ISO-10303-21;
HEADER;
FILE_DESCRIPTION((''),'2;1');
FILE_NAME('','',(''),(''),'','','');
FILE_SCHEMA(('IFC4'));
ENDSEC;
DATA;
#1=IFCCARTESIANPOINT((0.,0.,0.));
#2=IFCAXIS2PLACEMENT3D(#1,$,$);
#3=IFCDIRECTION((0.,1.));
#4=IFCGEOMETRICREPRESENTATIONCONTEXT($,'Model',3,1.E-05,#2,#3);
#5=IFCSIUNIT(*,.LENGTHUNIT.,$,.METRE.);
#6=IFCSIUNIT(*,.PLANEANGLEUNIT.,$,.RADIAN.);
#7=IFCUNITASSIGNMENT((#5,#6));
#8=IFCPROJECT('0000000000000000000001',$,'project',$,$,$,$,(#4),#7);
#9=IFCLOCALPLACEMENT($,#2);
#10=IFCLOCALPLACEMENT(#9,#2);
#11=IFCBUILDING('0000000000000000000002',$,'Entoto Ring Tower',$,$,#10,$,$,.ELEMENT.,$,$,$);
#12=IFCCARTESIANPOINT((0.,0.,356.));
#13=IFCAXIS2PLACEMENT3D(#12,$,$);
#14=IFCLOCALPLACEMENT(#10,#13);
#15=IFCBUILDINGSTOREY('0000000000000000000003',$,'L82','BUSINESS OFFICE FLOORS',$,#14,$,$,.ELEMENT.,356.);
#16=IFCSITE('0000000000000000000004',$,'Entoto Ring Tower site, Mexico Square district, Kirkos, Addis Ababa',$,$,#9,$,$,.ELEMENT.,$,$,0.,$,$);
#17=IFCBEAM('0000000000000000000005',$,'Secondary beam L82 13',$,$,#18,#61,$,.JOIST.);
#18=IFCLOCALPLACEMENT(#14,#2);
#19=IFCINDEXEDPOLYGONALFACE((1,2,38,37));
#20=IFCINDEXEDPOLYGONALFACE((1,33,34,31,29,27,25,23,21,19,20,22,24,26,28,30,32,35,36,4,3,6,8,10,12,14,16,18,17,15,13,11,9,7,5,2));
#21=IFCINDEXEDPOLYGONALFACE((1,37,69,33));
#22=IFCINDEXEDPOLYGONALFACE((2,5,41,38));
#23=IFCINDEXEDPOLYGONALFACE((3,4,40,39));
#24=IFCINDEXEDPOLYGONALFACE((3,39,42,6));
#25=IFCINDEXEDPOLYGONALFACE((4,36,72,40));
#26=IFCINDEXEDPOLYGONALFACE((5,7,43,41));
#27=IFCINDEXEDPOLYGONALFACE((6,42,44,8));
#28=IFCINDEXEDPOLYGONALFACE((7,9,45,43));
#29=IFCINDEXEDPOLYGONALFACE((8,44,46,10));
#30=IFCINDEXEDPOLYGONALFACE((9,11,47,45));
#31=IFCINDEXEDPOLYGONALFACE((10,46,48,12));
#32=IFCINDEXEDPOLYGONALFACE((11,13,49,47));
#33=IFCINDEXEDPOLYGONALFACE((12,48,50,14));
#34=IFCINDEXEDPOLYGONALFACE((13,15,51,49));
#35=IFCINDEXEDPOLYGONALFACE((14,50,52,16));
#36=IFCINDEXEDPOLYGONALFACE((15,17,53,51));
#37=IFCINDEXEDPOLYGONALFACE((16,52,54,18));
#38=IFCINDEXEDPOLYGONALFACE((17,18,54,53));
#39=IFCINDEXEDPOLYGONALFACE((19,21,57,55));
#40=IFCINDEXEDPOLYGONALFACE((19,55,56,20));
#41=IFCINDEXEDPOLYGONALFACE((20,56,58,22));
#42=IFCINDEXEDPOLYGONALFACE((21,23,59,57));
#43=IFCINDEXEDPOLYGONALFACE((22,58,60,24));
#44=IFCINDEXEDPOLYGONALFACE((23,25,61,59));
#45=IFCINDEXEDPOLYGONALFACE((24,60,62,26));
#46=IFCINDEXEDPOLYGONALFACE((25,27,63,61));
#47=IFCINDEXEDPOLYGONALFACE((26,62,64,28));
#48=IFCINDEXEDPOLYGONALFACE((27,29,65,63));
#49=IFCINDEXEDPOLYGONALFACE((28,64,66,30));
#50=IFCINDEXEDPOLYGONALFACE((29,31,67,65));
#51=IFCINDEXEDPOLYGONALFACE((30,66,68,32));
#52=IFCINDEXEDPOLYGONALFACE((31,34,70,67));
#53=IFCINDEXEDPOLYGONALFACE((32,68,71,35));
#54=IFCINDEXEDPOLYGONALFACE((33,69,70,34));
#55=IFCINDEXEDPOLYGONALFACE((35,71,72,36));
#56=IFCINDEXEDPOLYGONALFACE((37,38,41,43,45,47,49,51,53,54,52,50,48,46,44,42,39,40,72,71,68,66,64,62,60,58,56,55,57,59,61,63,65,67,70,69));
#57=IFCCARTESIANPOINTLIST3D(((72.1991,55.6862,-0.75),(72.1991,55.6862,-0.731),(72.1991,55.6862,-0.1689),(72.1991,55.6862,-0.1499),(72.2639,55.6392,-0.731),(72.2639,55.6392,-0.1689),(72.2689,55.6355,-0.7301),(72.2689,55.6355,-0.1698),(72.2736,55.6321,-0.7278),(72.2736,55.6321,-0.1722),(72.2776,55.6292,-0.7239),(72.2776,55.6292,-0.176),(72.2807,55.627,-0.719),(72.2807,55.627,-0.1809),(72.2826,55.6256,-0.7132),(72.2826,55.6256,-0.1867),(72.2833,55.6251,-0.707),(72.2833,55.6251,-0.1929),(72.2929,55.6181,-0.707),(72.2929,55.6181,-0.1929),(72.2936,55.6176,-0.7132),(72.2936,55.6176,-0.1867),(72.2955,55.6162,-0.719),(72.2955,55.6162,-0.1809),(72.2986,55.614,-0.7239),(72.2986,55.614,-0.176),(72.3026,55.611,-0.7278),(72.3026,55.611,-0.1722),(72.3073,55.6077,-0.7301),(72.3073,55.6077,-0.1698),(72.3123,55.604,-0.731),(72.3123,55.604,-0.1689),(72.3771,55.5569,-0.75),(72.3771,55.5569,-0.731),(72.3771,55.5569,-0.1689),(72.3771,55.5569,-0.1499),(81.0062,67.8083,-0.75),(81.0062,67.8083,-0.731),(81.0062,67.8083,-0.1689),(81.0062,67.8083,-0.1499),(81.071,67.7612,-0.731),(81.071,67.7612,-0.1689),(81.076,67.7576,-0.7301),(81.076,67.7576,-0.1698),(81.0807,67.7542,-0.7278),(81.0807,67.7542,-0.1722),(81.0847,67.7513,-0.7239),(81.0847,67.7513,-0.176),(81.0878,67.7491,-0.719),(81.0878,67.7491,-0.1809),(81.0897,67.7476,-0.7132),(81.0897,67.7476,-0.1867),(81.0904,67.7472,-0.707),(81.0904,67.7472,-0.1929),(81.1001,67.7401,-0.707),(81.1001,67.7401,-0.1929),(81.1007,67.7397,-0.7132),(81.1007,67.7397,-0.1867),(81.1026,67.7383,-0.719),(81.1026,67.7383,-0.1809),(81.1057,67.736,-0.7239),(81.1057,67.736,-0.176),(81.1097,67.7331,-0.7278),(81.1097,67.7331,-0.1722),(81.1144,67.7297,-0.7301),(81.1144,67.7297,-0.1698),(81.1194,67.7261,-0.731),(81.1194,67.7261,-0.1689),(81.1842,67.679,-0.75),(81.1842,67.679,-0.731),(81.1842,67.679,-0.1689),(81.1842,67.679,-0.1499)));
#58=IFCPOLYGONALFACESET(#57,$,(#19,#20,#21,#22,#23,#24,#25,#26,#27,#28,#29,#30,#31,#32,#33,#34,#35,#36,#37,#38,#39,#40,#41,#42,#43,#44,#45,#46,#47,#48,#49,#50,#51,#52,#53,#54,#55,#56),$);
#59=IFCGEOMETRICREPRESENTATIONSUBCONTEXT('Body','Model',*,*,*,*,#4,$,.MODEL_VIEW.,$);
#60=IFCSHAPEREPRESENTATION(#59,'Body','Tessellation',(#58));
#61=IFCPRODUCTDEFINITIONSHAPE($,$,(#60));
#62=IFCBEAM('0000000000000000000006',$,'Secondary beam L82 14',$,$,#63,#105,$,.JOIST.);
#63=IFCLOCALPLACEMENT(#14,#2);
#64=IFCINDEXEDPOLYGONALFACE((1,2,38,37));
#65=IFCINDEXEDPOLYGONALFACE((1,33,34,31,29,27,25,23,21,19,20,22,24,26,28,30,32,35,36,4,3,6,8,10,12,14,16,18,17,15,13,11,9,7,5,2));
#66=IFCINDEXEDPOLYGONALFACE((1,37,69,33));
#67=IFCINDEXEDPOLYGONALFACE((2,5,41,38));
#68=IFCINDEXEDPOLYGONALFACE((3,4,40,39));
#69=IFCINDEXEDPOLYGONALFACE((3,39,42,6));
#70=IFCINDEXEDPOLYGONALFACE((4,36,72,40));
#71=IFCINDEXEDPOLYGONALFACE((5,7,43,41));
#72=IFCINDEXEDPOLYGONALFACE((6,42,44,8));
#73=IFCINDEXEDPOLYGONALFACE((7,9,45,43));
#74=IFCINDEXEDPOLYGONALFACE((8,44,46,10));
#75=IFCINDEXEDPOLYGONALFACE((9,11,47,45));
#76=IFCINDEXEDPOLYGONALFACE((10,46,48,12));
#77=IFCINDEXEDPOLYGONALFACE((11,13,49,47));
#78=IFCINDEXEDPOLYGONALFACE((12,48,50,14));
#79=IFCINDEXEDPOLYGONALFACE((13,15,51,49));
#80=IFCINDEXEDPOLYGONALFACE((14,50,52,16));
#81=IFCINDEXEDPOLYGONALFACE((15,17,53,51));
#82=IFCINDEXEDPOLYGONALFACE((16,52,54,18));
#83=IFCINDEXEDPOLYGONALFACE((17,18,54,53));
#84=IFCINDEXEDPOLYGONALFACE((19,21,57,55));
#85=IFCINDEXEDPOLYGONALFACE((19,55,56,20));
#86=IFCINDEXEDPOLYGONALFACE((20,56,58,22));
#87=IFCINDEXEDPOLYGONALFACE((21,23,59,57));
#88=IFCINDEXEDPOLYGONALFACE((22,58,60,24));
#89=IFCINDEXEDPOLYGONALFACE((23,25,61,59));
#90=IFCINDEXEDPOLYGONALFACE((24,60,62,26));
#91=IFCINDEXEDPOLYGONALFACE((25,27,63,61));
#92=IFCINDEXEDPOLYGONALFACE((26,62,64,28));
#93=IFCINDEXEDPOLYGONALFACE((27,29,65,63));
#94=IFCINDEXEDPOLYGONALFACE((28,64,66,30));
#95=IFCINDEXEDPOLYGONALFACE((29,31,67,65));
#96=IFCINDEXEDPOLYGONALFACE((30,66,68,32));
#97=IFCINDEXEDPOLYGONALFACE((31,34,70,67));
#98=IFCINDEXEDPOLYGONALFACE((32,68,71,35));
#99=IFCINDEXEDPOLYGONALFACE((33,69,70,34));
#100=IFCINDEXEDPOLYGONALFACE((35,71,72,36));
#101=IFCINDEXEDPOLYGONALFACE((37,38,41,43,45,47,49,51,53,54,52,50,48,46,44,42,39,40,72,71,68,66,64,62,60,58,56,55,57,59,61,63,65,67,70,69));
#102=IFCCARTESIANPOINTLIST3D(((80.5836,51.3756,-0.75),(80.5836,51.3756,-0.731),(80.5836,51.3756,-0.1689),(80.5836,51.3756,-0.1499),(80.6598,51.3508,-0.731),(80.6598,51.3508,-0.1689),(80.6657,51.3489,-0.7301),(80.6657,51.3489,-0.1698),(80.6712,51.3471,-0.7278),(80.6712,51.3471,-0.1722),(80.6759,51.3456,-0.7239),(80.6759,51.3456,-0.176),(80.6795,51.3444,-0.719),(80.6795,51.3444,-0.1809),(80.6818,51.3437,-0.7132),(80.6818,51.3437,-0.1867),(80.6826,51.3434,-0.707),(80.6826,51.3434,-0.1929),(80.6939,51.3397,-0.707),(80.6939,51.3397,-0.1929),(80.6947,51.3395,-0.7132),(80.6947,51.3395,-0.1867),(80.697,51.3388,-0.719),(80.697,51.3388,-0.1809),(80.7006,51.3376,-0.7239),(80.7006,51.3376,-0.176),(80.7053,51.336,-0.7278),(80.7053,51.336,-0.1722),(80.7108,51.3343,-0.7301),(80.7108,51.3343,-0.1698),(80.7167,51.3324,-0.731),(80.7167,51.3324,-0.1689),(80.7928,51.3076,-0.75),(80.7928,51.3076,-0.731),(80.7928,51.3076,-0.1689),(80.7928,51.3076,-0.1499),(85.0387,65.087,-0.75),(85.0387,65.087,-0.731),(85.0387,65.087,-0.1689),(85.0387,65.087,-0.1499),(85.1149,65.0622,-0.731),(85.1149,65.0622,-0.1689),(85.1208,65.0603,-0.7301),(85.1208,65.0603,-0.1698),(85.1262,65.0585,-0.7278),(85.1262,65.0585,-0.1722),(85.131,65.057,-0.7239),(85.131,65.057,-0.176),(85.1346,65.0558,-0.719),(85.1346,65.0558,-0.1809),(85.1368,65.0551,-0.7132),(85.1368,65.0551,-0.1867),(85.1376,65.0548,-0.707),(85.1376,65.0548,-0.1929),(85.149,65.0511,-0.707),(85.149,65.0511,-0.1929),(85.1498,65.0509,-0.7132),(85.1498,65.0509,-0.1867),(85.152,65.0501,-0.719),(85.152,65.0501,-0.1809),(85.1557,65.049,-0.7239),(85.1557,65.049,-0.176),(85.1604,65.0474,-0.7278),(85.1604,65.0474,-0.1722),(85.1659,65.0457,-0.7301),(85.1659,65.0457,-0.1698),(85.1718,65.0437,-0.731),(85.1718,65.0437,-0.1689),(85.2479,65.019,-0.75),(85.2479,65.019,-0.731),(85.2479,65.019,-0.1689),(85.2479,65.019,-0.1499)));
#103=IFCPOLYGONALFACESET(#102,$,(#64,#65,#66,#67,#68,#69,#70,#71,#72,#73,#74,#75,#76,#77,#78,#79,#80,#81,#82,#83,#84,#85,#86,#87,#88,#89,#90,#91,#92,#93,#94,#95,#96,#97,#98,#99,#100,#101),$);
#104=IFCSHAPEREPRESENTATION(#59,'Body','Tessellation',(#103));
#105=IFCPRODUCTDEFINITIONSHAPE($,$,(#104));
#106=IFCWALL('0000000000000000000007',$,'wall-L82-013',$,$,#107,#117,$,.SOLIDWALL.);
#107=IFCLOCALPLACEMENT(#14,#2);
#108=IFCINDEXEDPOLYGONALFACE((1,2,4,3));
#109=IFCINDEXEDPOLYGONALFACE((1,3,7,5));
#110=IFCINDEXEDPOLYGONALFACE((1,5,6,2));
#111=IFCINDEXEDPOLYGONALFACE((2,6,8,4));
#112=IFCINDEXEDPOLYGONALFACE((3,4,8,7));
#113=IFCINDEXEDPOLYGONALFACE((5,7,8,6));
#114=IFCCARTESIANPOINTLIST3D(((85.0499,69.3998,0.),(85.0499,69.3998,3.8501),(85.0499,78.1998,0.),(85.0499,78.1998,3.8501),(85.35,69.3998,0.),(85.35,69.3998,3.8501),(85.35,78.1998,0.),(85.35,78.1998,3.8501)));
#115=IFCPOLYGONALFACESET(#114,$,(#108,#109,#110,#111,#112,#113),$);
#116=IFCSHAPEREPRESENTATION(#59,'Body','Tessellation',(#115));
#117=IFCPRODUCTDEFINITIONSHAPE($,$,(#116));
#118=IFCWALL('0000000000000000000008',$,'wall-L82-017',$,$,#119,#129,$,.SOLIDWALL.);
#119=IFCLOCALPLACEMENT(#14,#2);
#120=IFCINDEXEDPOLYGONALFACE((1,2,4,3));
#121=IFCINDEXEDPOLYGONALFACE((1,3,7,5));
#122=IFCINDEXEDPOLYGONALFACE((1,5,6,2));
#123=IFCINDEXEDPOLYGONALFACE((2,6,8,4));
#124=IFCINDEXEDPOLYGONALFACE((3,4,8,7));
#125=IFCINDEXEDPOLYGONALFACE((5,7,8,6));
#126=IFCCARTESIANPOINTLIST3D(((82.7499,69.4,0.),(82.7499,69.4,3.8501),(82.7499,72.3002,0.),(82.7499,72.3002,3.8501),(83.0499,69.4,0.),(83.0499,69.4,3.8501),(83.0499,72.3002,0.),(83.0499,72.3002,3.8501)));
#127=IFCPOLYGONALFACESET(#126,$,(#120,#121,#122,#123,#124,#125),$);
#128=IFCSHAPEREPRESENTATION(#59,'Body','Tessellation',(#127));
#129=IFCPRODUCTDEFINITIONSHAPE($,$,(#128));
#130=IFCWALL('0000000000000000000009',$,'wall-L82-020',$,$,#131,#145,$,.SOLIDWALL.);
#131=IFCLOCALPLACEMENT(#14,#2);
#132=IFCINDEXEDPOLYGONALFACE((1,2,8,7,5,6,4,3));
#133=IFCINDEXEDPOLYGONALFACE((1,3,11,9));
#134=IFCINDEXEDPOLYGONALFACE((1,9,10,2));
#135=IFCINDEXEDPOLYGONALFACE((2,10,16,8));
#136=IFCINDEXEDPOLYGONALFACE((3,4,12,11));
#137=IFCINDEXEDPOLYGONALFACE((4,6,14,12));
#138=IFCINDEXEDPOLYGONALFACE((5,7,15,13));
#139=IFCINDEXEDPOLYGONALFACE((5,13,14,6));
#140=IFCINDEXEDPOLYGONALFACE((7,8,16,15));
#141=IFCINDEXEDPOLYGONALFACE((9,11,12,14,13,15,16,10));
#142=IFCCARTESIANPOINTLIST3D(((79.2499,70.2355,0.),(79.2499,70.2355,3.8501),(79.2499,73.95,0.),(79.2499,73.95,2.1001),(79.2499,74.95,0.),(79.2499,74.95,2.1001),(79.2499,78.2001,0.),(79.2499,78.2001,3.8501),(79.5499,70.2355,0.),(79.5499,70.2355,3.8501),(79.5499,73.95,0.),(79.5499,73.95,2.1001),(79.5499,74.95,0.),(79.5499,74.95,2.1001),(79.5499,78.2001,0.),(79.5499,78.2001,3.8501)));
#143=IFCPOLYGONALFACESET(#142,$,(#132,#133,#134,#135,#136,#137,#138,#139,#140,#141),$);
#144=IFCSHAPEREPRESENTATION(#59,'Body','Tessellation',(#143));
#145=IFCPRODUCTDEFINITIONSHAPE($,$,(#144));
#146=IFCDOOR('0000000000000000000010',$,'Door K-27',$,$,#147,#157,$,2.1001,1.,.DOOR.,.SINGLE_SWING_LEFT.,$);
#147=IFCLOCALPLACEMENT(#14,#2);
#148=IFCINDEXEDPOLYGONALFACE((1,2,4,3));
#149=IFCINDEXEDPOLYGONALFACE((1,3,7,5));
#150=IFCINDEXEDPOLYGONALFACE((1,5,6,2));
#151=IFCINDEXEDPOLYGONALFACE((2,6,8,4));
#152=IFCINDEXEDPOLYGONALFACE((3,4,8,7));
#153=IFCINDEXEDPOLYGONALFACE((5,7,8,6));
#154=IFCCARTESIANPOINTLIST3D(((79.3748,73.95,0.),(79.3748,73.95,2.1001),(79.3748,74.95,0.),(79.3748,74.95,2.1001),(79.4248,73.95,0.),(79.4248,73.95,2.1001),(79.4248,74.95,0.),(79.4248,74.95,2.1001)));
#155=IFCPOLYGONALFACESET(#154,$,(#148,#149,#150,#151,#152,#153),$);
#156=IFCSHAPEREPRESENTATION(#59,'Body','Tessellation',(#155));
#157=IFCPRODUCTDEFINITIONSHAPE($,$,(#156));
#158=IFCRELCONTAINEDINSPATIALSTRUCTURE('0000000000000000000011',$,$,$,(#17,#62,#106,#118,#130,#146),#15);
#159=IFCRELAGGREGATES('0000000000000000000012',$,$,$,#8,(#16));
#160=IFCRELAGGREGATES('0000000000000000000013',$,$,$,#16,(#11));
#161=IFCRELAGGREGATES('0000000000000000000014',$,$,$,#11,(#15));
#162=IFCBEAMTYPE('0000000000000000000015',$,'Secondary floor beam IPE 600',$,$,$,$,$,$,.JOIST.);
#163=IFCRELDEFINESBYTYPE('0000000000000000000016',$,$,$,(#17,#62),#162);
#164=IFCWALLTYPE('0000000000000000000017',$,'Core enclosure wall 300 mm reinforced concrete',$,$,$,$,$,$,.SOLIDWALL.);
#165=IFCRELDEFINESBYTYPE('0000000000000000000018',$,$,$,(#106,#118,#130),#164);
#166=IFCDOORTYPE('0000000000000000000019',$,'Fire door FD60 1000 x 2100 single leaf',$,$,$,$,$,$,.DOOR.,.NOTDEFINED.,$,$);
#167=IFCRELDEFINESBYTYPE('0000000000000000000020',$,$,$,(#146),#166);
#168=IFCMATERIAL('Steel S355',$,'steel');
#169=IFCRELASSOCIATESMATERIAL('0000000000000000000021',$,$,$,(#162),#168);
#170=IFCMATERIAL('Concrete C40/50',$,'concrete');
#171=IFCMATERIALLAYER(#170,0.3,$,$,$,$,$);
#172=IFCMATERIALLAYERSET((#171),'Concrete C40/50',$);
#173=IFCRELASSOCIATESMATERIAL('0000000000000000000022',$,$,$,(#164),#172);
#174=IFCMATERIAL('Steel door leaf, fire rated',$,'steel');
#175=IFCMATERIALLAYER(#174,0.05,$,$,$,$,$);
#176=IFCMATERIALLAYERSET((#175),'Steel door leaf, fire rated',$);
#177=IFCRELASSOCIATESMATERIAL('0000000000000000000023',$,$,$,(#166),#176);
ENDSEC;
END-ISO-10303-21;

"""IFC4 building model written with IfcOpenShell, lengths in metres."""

from ifc_helpers import new_model, si_unit, direction, frame, frame_2d, origin, origin_2d, place, context, subcontext, project, spatial, rectangle, i_section, extrude, material, layer, layer_set, material_profile, profile_set, type_object, element, fill, save


model = new_model("IFC4")

# Units and contexts
model_context = context("Model", 3, precision=1e-05, world=origin(), true_north=direction((0.0, 1.0)))
body_context = subcontext(model_context, "Body", "Model", "MODEL_VIEW")
ifc_project = project(units=[si_unit("LENGTHUNIT", "METRE"), si_unit("PLANEANGLEUNIT", "RADIAN")], contexts=[model_context])

# Site, building, storey
site_placement = place(None, origin())
site = spatial("IfcSite", under=ifc_project, at=site_placement, Name="Entoto Ring Tower site, Mexico Square district, Kirkos, Addis Ababa", CompositionType="ELEMENT", RefElevation=0.0)
building_placement = place(site_placement, origin())
building = spatial("IfcBuilding", under=site, at=building_placement, Name="Entoto Ring Tower", CompositionType="ELEMENT")
storey_placement = place(building_placement, frame((0.0, 0.0, 356.0)))
storey = spatial("IfcBuildingStorey", under=building, at=storey_placement, Name="L82", Description="BUSINESS OFFICE FLOORS", CompositionType="ELEMENT", Elevation=356.0)

# Beams
ifc_material_1 = material(Name="Steel S355", Category="steel")
ifc_material_profile_1 = material_profile(ifc_material_1, i_section(OverallWidth=0.22, OverallDepth=0.6001, WebThickness=0.012, FlangeThickness=0.019, FilletRadius=0.0239, at=origin_2d()), Name="IPE 600")
ifc_profile_set_1 = profile_set([ifc_material_profile_1], Name="Steel S355")
beam_type_1 = type_object("IfcBeamType", Name="Secondary floor beam IPE 600", PredefinedType="JOIST", material=ifc_profile_set_1)
for number, where, z_axis, x_axis, name in (
    (1, (81.0952, 67.7437, -0.45), (-0.587782, -0.809019, 0.0), (0.809019, -0.587782, 0.0), "Secondary beam L82 13"),
):
    element("IfcBeam", number, at=place(storey_placement, frame(where, z_axis=z_axis, x_axis=x_axis)), inside=storey, type_object=beam_type_1, Name=name, PredefinedType="JOIST", context=body_context, shape_type="SweptSolid", body=[
        extrude(i_section(OverallWidth=0.22, OverallDepth=0.6001, WebThickness=0.012, FlangeThickness=0.019, FilletRadius=0.0239, at=origin_2d()), origin(), (0.0, 0.0, 1.0), 14.9836),
    ])
beam_1_placement = place(storey_placement, frame((85.1433, 65.053, -0.45), z_axis=(-0.309015, -0.951057, 0.0), x_axis=(0.951057, -0.309015, 0.0)))
element("IfcBeam", 2, at=beam_1_placement, inside=storey, type_object=beam_type_1, Name="Secondary beam L82 14", PredefinedType="JOIST", context=body_context, shape_type="SweptSolid", body=[
    extrude(i_section(OverallWidth=0.22, OverallDepth=0.6001, WebThickness=0.012, FlangeThickness=0.019, FilletRadius=0.0239, at=origin_2d()), origin(), (0.0, 0.0, 1.0), 14.417),
])

# Walls
ifc_material_2 = material(Name="Concrete C40/50", Category="concrete")
ifc_layer_1 = layer(ifc_material_2, 0.3)
ifc_layer_set_1 = layer_set([ifc_layer_1], Name="Concrete C40/50")
wall_type_1 = type_object("IfcWallType", Name="Core enclosure wall 300 mm reinforced concrete", PredefinedType="SOLIDWALL", material=ifc_layer_set_1)
wall_1_placement = place(storey_placement, frame((85.2, 69.3999, 0.0), z_axis=(0.0, 0.0, 1.0), x_axis=(0.0, 1.0, 0.0)))
element("IfcWall", 3, at=wall_1_placement, inside=storey, type_object=wall_type_1, Name="wall-L82-013", PredefinedType="SOLIDWALL", context=body_context, shape_type="SweptSolid", body=[
    extrude(rectangle(XDim=8.8, YDim=0.3, at=frame_2d((4.3999, 0.0))), origin(), (0.0, 0.0, 1.0), 3.8501),
])
wall_2_placement = place(storey_placement, frame((82.8999, 69.3999, 0.0), z_axis=(0.0, 0.0, 1.0), x_axis=(0.0, 1.0, 0.0)))
element("IfcWall", 4, at=wall_2_placement, inside=storey, type_object=wall_type_1, Name="wall-L82-017", PredefinedType="SOLIDWALL", context=body_context, shape_type="SweptSolid", body=[
    extrude(rectangle(XDim=2.9001, YDim=0.3, at=frame_2d((1.4502, 0.0))), origin(), (0.0, 0.0, 1.0), 3.8501),
])

# Wall, opening, door
wall_3_placement = place(storey_placement, frame((79.3999, 70.2354, 0.0), z_axis=(0.0, 0.0, 1.0), x_axis=(0.0, 1.0, 0.0)))
wall_3 = element("IfcWall", 5, at=wall_3_placement, inside=storey, type_object=wall_type_1, Name="wall-L82-020", PredefinedType="SOLIDWALL", context=body_context, shape_type="SweptSolid", body=[
    extrude(rectangle(XDim=7.9646, YDim=0.3, at=frame_2d((3.9824, 0.0))), origin(), (0.0, 0.0, 1.0), 3.8501),
])
opening_1_placement = place(wall_3_placement, frame((3.7146, 0.0, 0.0)))
opening_1 = element("IfcOpeningElement", 6, at=opening_1_placement, cuts=wall_3, PredefinedType="OPENING", context=body_context, shape_type="SweptSolid", body=[
    extrude(rectangle(XDim=1.0, YDim=2.1001, at=frame_2d((0.5, 1.05))), frame((0.0, 0.1602, 0.0), z_axis=(0.0, -1.0, 0.0), x_axis=(1.0, 0.0, 0.0)), (0.0, 0.0, 1.0), 0.3201),
])
ifc_material_3 = material(Name="Steel door leaf, fire rated", Category="steel")
ifc_layer_2 = layer(ifc_material_3, 0.05)
ifc_layer_set_2 = layer_set([ifc_layer_2], Name="Steel door leaf, fire rated")
door_type_1 = type_object("IfcDoorType", Name="Fire door FD60 1000 x 2100 single leaf", OperationType="NOTDEFINED", PredefinedType="DOOR", material=ifc_layer_set_2)
door_1_placement = place(opening_1_placement, frame((1.0, 0.0, 0.0), z_axis=(0.0, 0.0, 1.0), x_axis=(-1.0, 0.0, 0.0)))
door_1 = element("IfcDoor", 7, at=door_1_placement, inside=storey, type_object=door_type_1, Name="Door K-27", OperationType="SINGLE_SWING_LEFT", OverallHeight=2.1001, OverallWidth=1.0, PredefinedType="DOOR", context=body_context, shape_type="SweptSolid", body=[
    extrude(rectangle(XDim=1.0, YDim=2.1001, at=frame_2d((0.5, 1.05))), frame((0.0, 0.0249, 0.0), z_axis=(0.0, -1.0, 0.0), x_axis=(1.0, 0.0, 0.0)), (0.0, 0.0, 1.0), 0.05),
])
fill(opening_1, door_1)

save(model, "model.ifc")
